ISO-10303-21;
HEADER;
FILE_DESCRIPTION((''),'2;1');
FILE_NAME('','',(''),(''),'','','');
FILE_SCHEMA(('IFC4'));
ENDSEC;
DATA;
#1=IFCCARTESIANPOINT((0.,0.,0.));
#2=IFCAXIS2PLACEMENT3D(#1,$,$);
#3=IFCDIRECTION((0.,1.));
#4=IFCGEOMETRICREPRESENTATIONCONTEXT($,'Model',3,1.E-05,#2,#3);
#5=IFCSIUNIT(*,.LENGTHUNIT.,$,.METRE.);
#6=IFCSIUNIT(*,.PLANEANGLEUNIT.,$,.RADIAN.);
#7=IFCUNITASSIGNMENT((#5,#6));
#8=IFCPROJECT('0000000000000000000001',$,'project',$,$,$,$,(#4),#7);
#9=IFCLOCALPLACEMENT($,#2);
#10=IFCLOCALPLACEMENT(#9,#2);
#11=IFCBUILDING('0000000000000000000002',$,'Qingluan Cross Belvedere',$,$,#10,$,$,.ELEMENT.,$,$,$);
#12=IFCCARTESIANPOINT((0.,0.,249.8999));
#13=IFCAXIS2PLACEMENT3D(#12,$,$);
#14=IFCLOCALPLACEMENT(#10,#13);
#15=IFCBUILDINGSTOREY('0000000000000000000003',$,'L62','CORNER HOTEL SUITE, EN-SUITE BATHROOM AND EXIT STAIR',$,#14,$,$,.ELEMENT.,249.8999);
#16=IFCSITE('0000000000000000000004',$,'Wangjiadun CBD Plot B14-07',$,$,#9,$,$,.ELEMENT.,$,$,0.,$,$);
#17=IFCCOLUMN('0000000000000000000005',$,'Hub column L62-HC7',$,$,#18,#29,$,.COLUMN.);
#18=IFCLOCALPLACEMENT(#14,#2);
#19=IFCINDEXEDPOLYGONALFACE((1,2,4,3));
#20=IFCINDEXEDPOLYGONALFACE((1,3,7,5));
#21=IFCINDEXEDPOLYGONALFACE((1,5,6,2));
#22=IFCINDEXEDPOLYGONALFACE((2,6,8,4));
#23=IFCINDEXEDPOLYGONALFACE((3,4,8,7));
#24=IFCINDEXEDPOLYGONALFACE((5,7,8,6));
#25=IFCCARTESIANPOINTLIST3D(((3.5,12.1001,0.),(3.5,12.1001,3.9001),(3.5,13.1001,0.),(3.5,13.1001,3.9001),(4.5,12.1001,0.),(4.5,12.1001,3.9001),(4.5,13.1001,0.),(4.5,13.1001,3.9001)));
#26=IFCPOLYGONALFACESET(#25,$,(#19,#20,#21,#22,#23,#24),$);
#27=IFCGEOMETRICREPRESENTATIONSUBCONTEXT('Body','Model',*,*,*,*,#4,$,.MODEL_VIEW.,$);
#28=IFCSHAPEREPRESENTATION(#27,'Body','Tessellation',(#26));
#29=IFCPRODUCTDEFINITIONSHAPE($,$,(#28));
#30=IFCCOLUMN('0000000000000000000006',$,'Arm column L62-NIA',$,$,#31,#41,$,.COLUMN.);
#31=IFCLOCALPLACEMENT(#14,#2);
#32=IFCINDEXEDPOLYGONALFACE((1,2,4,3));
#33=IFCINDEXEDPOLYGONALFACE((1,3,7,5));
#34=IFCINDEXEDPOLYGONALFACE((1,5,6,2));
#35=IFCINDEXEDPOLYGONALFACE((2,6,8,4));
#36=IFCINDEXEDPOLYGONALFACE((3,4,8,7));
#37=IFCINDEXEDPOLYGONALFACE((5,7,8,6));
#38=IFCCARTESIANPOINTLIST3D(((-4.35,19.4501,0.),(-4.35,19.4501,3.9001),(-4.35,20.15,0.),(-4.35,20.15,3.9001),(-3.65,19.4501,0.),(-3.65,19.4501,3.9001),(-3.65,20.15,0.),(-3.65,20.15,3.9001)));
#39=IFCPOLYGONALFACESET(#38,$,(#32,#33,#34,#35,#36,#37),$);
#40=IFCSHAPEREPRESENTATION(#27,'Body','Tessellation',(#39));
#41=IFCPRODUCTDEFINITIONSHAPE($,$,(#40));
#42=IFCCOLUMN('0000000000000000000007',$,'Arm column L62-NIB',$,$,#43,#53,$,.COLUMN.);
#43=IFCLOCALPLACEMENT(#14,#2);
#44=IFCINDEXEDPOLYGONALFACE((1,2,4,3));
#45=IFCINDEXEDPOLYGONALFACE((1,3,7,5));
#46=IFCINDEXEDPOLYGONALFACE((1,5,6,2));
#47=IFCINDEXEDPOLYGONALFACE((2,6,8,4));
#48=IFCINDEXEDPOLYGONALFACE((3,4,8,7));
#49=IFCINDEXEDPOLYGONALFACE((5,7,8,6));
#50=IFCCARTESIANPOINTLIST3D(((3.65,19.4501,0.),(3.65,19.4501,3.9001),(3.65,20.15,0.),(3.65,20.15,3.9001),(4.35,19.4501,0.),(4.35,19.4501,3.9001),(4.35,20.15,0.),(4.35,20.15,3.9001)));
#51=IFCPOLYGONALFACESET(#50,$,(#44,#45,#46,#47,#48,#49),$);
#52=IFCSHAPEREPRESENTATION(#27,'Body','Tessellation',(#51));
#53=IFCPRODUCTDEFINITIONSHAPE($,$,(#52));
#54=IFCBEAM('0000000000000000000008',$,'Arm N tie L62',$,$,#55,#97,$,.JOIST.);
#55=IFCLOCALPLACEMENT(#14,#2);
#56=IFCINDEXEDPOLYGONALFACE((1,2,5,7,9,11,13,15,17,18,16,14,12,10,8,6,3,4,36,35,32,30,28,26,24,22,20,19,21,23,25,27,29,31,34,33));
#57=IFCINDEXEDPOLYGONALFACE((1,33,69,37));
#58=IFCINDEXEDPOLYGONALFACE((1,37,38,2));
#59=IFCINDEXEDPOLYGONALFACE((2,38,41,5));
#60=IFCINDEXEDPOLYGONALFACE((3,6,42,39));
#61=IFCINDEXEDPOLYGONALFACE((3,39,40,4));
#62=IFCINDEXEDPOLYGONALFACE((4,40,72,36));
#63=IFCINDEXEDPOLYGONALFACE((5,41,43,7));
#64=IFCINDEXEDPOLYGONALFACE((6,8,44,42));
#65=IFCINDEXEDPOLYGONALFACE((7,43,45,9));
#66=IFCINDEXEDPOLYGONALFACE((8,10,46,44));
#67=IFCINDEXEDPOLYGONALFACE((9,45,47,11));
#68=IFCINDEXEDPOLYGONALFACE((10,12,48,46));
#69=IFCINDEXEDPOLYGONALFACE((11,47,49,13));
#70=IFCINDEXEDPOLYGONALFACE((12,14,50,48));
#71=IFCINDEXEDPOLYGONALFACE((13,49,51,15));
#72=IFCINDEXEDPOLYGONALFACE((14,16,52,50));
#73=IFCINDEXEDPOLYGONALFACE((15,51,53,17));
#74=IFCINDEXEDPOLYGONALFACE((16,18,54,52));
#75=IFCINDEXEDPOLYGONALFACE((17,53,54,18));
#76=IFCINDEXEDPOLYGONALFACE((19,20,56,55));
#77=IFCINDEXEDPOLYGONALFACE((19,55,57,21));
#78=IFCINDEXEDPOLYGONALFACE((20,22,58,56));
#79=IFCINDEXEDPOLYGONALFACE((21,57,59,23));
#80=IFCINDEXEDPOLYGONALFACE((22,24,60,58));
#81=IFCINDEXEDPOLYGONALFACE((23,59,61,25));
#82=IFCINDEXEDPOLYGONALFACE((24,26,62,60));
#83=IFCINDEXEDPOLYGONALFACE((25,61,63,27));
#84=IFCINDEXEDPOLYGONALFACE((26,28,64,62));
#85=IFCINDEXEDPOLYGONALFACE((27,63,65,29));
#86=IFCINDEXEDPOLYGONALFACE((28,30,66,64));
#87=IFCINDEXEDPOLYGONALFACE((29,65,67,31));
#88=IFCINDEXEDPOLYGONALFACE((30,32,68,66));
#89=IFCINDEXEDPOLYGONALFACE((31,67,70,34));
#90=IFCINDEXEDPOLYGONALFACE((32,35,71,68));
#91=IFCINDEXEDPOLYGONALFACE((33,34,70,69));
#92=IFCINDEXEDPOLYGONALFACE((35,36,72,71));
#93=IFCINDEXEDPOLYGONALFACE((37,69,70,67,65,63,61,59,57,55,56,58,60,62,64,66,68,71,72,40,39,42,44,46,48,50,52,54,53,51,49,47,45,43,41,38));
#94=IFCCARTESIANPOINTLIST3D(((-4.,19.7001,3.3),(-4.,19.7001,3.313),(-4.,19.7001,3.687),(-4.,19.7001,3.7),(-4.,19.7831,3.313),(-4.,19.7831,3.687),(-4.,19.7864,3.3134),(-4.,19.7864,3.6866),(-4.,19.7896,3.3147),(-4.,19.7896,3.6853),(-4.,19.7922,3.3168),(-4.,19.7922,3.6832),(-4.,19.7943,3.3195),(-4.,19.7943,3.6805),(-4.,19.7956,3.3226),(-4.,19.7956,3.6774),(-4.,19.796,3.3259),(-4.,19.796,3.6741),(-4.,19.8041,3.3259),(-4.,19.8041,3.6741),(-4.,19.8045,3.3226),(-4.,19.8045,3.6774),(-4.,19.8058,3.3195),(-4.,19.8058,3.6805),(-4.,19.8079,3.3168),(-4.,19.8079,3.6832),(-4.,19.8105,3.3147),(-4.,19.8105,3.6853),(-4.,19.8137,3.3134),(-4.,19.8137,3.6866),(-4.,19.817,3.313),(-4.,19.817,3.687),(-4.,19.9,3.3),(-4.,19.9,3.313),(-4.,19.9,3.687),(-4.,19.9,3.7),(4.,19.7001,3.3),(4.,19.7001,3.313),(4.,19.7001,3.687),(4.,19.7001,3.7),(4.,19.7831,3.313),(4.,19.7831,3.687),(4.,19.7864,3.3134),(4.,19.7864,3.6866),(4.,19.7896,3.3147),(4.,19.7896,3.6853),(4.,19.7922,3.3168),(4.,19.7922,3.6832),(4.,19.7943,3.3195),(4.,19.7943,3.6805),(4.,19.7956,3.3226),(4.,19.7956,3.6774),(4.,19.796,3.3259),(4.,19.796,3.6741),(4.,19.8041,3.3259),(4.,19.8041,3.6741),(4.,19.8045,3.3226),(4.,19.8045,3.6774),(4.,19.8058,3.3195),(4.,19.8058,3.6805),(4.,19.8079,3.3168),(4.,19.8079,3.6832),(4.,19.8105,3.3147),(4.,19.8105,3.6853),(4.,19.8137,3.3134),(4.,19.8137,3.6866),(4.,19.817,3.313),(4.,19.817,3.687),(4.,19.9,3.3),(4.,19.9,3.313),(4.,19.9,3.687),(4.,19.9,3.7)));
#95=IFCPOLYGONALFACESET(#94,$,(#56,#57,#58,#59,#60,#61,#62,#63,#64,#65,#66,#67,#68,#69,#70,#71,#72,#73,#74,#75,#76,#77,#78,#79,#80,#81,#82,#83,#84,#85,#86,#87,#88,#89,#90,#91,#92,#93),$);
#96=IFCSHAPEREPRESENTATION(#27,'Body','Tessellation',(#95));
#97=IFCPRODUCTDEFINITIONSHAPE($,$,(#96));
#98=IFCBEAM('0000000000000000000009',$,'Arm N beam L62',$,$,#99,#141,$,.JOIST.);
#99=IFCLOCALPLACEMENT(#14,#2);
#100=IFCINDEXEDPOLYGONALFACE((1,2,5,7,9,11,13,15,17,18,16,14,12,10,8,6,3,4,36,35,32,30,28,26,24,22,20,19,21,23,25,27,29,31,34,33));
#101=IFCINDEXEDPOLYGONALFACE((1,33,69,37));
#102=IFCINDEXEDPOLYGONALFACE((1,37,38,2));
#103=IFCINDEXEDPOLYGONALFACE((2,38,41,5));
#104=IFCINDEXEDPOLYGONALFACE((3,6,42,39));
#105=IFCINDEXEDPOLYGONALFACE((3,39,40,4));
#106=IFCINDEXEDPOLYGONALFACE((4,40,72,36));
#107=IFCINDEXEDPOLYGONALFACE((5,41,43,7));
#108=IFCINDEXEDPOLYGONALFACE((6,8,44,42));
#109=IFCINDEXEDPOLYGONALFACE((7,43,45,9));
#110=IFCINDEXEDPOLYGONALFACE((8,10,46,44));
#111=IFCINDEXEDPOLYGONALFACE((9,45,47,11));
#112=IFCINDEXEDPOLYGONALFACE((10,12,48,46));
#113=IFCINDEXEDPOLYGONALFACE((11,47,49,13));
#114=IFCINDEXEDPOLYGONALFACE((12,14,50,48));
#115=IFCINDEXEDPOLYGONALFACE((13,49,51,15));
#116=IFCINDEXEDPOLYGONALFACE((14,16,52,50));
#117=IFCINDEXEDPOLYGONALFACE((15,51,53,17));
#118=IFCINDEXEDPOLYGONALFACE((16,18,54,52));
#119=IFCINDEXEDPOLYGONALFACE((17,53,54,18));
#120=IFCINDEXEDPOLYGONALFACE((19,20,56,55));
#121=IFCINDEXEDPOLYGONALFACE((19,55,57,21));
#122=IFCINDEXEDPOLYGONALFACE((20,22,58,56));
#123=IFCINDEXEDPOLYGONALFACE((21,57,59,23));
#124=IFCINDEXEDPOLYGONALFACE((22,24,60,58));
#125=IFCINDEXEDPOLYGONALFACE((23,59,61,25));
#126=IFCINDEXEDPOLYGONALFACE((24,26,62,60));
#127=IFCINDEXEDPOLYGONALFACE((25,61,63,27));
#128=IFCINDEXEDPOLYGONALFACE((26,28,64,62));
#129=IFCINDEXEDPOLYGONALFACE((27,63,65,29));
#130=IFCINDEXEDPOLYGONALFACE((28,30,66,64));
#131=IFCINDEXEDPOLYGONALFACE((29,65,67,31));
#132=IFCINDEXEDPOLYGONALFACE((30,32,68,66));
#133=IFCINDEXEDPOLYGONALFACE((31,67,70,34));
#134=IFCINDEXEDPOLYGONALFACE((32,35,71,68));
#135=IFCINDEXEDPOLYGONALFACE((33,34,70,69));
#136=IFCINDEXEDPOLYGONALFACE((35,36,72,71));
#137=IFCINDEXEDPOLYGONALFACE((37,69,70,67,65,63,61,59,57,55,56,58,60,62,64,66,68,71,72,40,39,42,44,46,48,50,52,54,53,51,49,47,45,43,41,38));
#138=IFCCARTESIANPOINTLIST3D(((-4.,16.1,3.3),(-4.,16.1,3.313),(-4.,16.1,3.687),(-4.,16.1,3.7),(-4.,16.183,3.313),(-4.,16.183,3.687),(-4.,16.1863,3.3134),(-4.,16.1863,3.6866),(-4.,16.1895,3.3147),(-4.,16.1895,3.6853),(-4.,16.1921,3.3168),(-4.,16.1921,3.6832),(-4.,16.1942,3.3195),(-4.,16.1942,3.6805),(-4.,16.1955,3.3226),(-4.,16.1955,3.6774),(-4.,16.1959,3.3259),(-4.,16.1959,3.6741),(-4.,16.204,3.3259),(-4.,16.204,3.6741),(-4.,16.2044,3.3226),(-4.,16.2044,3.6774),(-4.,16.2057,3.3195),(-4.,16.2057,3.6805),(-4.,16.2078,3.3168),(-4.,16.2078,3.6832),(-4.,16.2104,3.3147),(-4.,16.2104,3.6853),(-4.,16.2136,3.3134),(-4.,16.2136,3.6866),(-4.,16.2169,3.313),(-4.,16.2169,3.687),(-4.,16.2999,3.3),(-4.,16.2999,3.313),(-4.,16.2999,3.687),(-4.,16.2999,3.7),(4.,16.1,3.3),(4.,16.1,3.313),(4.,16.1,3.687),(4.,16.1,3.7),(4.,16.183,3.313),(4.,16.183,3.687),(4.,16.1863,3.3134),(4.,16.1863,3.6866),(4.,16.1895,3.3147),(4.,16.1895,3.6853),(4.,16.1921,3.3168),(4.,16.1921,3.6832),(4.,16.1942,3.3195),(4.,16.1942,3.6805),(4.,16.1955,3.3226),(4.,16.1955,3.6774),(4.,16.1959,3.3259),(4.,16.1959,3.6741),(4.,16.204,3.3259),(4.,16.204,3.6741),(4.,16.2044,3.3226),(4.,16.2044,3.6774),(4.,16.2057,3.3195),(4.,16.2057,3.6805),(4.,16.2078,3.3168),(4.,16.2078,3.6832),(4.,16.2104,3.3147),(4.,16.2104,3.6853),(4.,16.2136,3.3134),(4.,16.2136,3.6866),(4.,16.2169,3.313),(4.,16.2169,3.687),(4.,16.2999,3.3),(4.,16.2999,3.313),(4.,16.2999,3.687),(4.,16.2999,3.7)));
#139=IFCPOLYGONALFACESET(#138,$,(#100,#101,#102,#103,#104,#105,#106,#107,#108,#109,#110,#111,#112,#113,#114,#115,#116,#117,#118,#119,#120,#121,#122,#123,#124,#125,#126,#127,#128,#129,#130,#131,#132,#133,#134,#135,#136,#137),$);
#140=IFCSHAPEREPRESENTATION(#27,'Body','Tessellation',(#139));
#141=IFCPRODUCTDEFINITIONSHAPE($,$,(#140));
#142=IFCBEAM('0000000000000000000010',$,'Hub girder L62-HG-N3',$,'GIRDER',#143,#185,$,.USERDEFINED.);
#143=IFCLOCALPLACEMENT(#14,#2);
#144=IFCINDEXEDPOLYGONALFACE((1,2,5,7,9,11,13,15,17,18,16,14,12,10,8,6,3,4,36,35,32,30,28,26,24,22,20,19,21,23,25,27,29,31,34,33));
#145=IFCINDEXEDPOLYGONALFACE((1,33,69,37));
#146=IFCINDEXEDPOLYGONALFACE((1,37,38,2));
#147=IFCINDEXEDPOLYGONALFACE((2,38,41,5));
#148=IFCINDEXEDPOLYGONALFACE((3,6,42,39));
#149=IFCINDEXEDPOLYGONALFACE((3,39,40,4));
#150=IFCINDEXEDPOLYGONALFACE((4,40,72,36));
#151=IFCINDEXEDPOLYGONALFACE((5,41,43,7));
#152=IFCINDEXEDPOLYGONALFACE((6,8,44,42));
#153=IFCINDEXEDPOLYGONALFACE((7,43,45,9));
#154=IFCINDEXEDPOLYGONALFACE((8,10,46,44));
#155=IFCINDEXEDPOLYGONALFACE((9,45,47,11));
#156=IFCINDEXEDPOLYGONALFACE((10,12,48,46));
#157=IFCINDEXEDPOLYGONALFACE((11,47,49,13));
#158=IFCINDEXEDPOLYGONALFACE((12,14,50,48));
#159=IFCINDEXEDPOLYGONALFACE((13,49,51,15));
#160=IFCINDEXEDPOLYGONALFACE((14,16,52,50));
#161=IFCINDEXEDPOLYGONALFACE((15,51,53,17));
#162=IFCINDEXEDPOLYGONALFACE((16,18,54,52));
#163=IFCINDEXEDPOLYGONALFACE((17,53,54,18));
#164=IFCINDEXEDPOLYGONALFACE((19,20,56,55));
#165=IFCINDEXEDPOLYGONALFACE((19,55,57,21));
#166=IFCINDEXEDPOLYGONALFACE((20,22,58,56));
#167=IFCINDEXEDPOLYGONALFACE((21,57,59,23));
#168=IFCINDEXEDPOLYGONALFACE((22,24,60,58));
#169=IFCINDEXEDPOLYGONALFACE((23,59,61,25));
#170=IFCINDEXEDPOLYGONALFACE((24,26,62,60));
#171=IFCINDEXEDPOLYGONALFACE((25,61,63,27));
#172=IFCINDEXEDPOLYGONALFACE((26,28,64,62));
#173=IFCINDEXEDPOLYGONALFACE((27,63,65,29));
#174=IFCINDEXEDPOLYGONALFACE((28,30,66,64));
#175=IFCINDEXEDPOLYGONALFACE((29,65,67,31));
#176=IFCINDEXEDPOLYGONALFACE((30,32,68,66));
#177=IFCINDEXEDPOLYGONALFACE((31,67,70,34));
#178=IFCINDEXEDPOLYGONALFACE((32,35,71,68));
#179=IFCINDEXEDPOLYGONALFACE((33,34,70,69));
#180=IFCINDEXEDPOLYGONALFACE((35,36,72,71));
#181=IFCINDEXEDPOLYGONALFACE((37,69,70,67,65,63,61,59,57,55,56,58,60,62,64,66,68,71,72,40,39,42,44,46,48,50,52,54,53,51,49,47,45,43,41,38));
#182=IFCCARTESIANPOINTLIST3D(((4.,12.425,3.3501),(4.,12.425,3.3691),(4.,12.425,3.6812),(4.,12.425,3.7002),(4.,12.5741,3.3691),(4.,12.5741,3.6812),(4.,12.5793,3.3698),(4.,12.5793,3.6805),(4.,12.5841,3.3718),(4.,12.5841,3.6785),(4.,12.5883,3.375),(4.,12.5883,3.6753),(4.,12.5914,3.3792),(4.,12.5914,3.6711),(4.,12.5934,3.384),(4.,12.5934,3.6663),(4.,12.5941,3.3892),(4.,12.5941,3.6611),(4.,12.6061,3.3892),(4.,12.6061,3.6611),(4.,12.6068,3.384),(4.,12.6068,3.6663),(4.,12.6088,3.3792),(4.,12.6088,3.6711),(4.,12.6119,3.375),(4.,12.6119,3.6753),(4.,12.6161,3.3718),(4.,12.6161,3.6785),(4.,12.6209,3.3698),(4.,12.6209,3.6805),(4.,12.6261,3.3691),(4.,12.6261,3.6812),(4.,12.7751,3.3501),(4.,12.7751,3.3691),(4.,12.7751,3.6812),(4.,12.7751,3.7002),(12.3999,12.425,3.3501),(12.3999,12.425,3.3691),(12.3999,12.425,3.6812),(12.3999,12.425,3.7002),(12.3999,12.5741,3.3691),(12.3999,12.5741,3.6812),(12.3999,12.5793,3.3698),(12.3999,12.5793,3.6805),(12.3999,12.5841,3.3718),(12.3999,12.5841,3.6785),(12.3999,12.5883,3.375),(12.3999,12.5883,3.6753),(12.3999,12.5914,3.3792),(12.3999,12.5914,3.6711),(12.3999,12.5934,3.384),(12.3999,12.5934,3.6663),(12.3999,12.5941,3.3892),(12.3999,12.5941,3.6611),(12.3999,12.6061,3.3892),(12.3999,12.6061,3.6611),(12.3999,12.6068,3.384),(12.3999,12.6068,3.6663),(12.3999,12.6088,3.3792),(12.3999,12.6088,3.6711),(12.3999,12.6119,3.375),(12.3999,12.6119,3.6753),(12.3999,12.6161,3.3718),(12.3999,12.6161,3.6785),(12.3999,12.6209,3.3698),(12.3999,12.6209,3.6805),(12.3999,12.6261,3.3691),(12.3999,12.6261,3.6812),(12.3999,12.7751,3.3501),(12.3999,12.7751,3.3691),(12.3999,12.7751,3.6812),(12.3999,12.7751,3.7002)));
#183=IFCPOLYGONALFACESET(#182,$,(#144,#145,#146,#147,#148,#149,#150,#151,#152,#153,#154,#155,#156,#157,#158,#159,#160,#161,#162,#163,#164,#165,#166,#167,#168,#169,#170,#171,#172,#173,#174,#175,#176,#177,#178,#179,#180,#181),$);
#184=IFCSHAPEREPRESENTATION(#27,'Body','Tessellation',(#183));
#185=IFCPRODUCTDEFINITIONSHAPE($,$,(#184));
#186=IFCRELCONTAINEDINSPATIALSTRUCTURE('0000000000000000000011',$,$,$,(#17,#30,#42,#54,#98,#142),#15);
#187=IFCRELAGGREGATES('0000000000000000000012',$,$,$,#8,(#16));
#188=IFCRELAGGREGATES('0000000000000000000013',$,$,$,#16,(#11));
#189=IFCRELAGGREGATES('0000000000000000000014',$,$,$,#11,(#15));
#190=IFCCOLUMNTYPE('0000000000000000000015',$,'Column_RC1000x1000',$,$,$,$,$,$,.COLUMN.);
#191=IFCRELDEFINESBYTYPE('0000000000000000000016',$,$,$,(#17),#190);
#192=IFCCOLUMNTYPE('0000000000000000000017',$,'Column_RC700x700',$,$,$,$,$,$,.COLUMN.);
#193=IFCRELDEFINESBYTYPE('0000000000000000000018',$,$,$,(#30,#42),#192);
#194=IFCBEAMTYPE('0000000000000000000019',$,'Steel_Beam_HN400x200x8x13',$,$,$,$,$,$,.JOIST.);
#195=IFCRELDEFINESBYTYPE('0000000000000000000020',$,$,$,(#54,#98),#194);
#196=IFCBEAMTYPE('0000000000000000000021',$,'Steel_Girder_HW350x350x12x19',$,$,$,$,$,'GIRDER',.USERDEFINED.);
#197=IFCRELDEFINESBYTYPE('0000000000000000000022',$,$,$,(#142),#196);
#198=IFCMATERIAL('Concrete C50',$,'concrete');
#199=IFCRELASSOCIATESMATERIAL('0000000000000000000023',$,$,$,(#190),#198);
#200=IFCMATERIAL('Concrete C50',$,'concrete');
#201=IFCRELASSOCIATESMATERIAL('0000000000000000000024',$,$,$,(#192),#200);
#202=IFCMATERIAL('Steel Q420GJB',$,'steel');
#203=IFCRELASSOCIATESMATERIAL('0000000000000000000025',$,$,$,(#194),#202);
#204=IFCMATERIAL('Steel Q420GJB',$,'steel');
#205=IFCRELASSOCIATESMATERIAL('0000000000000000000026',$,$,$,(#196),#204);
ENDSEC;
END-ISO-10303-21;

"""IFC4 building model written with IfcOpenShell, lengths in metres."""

from ifc_helpers import new_model, si_unit, direction, frame, origin, origin_2d, place, context, subcontext, project, spatial, rectangle, i_section, extrude, material, material_profile, profile_set, type_object, element, save


model = new_model("IFC4")

# Units and contexts
model_context = context("Model", 3, precision=1e-05, world=origin(), true_north=direction((0.0, 1.0)))
body_context = subcontext(model_context, "Body", "Model", "MODEL_VIEW")
ifc_project = project(units=[si_unit("LENGTHUNIT", "METRE"), si_unit("PLANEANGLEUNIT", "RADIAN")], contexts=[model_context])

# Site, building, storey
site_placement = place(None, origin())
site = spatial("IfcSite", under=ifc_project, at=site_placement, Name="Wangjiadun CBD Plot B14-07", CompositionType="ELEMENT", RefElevation=0.0)
building_placement = place(site_placement, origin())
building = spatial("IfcBuilding", under=site, at=building_placement, Name="Qingluan Cross Belvedere", CompositionType="ELEMENT")
storey_placement = place(building_placement, frame((0.0, 0.0, 249.8999)))
storey = spatial("IfcBuildingStorey", under=building, at=storey_placement, Name="L62", Description="CORNER HOTEL SUITE, EN-SUITE BATHROOM AND EXIT STAIR", CompositionType="ELEMENT", Elevation=249.8999)

# Columns
ifc_material_1 = material(Name="Concrete C50", Category="concrete")
ifc_material_profile_1 = material_profile(ifc_material_1, rectangle(XDim=1.0, YDim=1.0, at=origin_2d()), Name="RC1000x1000")
ifc_profile_set_1 = profile_set([ifc_material_profile_1], Name="Concrete C50")
column_type_1 = type_object("IfcColumnType", Name="Column_RC1000x1000", PredefinedType="COLUMN", material=ifc_profile_set_1)
column_placement = place(storey_placement, frame((4.0, 12.6001, 0.0), z_axis=(0.0, 0.0, 1.0), x_axis=(1.0, 0.0, 0.0)))
element("IfcColumn", 1, at=column_placement, inside=storey, type_object=column_type_1, Name="Hub column L62-HC7", PredefinedType="COLUMN", context=body_context, shape_type="SweptSolid", body=[
    extrude(rectangle(XDim=1.0, YDim=1.0, at=origin_2d()), origin(), (0.0, 0.0, 1.0), 3.9001),
])
ifc_material_2 = material(Name="Concrete C50", Category="concrete")
ifc_material_profile_2 = material_profile(ifc_material_2, rectangle(XDim=0.7, YDim=0.7, at=origin_2d()), Name="RC700x700")
ifc_profile_set_2 = profile_set([ifc_material_profile_2], Name="Concrete C50")
column_type_2 = type_object("IfcColumnType", Name="Column_RC700x700", PredefinedType="COLUMN", material=ifc_profile_set_2)
for number, where, z_axis, x_axis, name in (
    (2, (-4.0, 19.8, 0.0), (0.0, 0.0, 1.0), (1.0, 0.0, 0.0), "Arm column L62-NIA"),
    (3, (4.0, 19.8, 0.0), (0.0, 0.0, 1.0), (1.0, 0.0, 0.0), "Arm column L62-NIB"),
):
    element("IfcColumn", number, at=place(storey_placement, frame(where, z_axis=z_axis, x_axis=x_axis)), inside=storey, type_object=column_type_2, Name=name, PredefinedType="COLUMN", context=body_context, shape_type="SweptSolid", body=[
        extrude(rectangle(XDim=0.7, YDim=0.7, at=origin_2d()), origin(), (0.0, 0.0, 1.0), 3.9001),
    ])

# Beams
ifc_material_3 = material(Name="Steel Q420GJB", Category="steel")
ifc_material_profile_3 = material_profile(ifc_material_3, i_section(OverallWidth=0.2, OverallDepth=0.3999, WebThickness=0.0081, FlangeThickness=0.0129, FilletRadius=0.0129, at=origin_2d()), Name="HN400x200x8x13")
ifc_profile_set_3 = profile_set([ifc_material_profile_3], Name="Steel Q420GJB")
beam_type_1 = type_object("IfcBeamType", Name="Steel_Beam_HN400x200x8x13", PredefinedType="JOIST", material=ifc_profile_set_3)
for number, where, z_axis, x_axis, name in (
    (4, (-4.0, 19.8, 3.5), (1.0, 0.0, 0.0), (0.0, 1.0, 0.0), "Arm N tie L62"),
    (5, (-4.0, 16.2, 3.5), (1.0, 0.0, 0.0), (0.0, 1.0, 0.0), "Arm N beam L62"),
):
    element("IfcBeam", number, at=place(storey_placement, frame(where, z_axis=z_axis, x_axis=x_axis)), inside=storey, type_object=beam_type_1, Name=name, PredefinedType="JOIST", context=body_context, shape_type="SweptSolid", body=[
        extrude(i_section(OverallWidth=0.2, OverallDepth=0.3999, WebThickness=0.0081, FlangeThickness=0.0129, FilletRadius=0.0129, at=origin_2d()), origin(), (0.0, 0.0, 1.0), 8.0),
    ])
ifc_material_4 = material(Name="Steel Q420GJB", Category="steel")
ifc_material_profile_4 = material_profile(ifc_material_4, i_section(OverallWidth=0.3501, OverallDepth=0.3501, WebThickness=0.012, FlangeThickness=0.019, FilletRadius=0.02, at=origin_2d()), Name="HW350x350x12x19")
ifc_profile_set_4 = profile_set([ifc_material_profile_4], Name="Steel Q420GJB")
beam_type_2 = type_object("IfcBeamType", Name="Steel_Girder_HW350x350x12x19", ElementType="GIRDER", PredefinedType="USERDEFINED", material=ifc_profile_set_4)
beam_placement = place(storey_placement, frame((4.0, 12.6001, 3.5251), z_axis=(1.0, 0.0, 0.0), x_axis=(0.0, 1.0, 0.0)))
element("IfcBeam", 6, at=beam_placement, inside=storey, type_object=beam_type_2, Name="Hub girder L62-HG-N3", ObjectType="GIRDER", PredefinedType="USERDEFINED", context=body_context, shape_type="SweptSolid", body=[
    extrude(i_section(OverallWidth=0.3501, OverallDepth=0.3501, WebThickness=0.012, FlangeThickness=0.019, FilletRadius=0.02, at=origin_2d()), origin(), (0.0, 0.0, 1.0), 8.3999),
])

save(model, "model.ifc")
